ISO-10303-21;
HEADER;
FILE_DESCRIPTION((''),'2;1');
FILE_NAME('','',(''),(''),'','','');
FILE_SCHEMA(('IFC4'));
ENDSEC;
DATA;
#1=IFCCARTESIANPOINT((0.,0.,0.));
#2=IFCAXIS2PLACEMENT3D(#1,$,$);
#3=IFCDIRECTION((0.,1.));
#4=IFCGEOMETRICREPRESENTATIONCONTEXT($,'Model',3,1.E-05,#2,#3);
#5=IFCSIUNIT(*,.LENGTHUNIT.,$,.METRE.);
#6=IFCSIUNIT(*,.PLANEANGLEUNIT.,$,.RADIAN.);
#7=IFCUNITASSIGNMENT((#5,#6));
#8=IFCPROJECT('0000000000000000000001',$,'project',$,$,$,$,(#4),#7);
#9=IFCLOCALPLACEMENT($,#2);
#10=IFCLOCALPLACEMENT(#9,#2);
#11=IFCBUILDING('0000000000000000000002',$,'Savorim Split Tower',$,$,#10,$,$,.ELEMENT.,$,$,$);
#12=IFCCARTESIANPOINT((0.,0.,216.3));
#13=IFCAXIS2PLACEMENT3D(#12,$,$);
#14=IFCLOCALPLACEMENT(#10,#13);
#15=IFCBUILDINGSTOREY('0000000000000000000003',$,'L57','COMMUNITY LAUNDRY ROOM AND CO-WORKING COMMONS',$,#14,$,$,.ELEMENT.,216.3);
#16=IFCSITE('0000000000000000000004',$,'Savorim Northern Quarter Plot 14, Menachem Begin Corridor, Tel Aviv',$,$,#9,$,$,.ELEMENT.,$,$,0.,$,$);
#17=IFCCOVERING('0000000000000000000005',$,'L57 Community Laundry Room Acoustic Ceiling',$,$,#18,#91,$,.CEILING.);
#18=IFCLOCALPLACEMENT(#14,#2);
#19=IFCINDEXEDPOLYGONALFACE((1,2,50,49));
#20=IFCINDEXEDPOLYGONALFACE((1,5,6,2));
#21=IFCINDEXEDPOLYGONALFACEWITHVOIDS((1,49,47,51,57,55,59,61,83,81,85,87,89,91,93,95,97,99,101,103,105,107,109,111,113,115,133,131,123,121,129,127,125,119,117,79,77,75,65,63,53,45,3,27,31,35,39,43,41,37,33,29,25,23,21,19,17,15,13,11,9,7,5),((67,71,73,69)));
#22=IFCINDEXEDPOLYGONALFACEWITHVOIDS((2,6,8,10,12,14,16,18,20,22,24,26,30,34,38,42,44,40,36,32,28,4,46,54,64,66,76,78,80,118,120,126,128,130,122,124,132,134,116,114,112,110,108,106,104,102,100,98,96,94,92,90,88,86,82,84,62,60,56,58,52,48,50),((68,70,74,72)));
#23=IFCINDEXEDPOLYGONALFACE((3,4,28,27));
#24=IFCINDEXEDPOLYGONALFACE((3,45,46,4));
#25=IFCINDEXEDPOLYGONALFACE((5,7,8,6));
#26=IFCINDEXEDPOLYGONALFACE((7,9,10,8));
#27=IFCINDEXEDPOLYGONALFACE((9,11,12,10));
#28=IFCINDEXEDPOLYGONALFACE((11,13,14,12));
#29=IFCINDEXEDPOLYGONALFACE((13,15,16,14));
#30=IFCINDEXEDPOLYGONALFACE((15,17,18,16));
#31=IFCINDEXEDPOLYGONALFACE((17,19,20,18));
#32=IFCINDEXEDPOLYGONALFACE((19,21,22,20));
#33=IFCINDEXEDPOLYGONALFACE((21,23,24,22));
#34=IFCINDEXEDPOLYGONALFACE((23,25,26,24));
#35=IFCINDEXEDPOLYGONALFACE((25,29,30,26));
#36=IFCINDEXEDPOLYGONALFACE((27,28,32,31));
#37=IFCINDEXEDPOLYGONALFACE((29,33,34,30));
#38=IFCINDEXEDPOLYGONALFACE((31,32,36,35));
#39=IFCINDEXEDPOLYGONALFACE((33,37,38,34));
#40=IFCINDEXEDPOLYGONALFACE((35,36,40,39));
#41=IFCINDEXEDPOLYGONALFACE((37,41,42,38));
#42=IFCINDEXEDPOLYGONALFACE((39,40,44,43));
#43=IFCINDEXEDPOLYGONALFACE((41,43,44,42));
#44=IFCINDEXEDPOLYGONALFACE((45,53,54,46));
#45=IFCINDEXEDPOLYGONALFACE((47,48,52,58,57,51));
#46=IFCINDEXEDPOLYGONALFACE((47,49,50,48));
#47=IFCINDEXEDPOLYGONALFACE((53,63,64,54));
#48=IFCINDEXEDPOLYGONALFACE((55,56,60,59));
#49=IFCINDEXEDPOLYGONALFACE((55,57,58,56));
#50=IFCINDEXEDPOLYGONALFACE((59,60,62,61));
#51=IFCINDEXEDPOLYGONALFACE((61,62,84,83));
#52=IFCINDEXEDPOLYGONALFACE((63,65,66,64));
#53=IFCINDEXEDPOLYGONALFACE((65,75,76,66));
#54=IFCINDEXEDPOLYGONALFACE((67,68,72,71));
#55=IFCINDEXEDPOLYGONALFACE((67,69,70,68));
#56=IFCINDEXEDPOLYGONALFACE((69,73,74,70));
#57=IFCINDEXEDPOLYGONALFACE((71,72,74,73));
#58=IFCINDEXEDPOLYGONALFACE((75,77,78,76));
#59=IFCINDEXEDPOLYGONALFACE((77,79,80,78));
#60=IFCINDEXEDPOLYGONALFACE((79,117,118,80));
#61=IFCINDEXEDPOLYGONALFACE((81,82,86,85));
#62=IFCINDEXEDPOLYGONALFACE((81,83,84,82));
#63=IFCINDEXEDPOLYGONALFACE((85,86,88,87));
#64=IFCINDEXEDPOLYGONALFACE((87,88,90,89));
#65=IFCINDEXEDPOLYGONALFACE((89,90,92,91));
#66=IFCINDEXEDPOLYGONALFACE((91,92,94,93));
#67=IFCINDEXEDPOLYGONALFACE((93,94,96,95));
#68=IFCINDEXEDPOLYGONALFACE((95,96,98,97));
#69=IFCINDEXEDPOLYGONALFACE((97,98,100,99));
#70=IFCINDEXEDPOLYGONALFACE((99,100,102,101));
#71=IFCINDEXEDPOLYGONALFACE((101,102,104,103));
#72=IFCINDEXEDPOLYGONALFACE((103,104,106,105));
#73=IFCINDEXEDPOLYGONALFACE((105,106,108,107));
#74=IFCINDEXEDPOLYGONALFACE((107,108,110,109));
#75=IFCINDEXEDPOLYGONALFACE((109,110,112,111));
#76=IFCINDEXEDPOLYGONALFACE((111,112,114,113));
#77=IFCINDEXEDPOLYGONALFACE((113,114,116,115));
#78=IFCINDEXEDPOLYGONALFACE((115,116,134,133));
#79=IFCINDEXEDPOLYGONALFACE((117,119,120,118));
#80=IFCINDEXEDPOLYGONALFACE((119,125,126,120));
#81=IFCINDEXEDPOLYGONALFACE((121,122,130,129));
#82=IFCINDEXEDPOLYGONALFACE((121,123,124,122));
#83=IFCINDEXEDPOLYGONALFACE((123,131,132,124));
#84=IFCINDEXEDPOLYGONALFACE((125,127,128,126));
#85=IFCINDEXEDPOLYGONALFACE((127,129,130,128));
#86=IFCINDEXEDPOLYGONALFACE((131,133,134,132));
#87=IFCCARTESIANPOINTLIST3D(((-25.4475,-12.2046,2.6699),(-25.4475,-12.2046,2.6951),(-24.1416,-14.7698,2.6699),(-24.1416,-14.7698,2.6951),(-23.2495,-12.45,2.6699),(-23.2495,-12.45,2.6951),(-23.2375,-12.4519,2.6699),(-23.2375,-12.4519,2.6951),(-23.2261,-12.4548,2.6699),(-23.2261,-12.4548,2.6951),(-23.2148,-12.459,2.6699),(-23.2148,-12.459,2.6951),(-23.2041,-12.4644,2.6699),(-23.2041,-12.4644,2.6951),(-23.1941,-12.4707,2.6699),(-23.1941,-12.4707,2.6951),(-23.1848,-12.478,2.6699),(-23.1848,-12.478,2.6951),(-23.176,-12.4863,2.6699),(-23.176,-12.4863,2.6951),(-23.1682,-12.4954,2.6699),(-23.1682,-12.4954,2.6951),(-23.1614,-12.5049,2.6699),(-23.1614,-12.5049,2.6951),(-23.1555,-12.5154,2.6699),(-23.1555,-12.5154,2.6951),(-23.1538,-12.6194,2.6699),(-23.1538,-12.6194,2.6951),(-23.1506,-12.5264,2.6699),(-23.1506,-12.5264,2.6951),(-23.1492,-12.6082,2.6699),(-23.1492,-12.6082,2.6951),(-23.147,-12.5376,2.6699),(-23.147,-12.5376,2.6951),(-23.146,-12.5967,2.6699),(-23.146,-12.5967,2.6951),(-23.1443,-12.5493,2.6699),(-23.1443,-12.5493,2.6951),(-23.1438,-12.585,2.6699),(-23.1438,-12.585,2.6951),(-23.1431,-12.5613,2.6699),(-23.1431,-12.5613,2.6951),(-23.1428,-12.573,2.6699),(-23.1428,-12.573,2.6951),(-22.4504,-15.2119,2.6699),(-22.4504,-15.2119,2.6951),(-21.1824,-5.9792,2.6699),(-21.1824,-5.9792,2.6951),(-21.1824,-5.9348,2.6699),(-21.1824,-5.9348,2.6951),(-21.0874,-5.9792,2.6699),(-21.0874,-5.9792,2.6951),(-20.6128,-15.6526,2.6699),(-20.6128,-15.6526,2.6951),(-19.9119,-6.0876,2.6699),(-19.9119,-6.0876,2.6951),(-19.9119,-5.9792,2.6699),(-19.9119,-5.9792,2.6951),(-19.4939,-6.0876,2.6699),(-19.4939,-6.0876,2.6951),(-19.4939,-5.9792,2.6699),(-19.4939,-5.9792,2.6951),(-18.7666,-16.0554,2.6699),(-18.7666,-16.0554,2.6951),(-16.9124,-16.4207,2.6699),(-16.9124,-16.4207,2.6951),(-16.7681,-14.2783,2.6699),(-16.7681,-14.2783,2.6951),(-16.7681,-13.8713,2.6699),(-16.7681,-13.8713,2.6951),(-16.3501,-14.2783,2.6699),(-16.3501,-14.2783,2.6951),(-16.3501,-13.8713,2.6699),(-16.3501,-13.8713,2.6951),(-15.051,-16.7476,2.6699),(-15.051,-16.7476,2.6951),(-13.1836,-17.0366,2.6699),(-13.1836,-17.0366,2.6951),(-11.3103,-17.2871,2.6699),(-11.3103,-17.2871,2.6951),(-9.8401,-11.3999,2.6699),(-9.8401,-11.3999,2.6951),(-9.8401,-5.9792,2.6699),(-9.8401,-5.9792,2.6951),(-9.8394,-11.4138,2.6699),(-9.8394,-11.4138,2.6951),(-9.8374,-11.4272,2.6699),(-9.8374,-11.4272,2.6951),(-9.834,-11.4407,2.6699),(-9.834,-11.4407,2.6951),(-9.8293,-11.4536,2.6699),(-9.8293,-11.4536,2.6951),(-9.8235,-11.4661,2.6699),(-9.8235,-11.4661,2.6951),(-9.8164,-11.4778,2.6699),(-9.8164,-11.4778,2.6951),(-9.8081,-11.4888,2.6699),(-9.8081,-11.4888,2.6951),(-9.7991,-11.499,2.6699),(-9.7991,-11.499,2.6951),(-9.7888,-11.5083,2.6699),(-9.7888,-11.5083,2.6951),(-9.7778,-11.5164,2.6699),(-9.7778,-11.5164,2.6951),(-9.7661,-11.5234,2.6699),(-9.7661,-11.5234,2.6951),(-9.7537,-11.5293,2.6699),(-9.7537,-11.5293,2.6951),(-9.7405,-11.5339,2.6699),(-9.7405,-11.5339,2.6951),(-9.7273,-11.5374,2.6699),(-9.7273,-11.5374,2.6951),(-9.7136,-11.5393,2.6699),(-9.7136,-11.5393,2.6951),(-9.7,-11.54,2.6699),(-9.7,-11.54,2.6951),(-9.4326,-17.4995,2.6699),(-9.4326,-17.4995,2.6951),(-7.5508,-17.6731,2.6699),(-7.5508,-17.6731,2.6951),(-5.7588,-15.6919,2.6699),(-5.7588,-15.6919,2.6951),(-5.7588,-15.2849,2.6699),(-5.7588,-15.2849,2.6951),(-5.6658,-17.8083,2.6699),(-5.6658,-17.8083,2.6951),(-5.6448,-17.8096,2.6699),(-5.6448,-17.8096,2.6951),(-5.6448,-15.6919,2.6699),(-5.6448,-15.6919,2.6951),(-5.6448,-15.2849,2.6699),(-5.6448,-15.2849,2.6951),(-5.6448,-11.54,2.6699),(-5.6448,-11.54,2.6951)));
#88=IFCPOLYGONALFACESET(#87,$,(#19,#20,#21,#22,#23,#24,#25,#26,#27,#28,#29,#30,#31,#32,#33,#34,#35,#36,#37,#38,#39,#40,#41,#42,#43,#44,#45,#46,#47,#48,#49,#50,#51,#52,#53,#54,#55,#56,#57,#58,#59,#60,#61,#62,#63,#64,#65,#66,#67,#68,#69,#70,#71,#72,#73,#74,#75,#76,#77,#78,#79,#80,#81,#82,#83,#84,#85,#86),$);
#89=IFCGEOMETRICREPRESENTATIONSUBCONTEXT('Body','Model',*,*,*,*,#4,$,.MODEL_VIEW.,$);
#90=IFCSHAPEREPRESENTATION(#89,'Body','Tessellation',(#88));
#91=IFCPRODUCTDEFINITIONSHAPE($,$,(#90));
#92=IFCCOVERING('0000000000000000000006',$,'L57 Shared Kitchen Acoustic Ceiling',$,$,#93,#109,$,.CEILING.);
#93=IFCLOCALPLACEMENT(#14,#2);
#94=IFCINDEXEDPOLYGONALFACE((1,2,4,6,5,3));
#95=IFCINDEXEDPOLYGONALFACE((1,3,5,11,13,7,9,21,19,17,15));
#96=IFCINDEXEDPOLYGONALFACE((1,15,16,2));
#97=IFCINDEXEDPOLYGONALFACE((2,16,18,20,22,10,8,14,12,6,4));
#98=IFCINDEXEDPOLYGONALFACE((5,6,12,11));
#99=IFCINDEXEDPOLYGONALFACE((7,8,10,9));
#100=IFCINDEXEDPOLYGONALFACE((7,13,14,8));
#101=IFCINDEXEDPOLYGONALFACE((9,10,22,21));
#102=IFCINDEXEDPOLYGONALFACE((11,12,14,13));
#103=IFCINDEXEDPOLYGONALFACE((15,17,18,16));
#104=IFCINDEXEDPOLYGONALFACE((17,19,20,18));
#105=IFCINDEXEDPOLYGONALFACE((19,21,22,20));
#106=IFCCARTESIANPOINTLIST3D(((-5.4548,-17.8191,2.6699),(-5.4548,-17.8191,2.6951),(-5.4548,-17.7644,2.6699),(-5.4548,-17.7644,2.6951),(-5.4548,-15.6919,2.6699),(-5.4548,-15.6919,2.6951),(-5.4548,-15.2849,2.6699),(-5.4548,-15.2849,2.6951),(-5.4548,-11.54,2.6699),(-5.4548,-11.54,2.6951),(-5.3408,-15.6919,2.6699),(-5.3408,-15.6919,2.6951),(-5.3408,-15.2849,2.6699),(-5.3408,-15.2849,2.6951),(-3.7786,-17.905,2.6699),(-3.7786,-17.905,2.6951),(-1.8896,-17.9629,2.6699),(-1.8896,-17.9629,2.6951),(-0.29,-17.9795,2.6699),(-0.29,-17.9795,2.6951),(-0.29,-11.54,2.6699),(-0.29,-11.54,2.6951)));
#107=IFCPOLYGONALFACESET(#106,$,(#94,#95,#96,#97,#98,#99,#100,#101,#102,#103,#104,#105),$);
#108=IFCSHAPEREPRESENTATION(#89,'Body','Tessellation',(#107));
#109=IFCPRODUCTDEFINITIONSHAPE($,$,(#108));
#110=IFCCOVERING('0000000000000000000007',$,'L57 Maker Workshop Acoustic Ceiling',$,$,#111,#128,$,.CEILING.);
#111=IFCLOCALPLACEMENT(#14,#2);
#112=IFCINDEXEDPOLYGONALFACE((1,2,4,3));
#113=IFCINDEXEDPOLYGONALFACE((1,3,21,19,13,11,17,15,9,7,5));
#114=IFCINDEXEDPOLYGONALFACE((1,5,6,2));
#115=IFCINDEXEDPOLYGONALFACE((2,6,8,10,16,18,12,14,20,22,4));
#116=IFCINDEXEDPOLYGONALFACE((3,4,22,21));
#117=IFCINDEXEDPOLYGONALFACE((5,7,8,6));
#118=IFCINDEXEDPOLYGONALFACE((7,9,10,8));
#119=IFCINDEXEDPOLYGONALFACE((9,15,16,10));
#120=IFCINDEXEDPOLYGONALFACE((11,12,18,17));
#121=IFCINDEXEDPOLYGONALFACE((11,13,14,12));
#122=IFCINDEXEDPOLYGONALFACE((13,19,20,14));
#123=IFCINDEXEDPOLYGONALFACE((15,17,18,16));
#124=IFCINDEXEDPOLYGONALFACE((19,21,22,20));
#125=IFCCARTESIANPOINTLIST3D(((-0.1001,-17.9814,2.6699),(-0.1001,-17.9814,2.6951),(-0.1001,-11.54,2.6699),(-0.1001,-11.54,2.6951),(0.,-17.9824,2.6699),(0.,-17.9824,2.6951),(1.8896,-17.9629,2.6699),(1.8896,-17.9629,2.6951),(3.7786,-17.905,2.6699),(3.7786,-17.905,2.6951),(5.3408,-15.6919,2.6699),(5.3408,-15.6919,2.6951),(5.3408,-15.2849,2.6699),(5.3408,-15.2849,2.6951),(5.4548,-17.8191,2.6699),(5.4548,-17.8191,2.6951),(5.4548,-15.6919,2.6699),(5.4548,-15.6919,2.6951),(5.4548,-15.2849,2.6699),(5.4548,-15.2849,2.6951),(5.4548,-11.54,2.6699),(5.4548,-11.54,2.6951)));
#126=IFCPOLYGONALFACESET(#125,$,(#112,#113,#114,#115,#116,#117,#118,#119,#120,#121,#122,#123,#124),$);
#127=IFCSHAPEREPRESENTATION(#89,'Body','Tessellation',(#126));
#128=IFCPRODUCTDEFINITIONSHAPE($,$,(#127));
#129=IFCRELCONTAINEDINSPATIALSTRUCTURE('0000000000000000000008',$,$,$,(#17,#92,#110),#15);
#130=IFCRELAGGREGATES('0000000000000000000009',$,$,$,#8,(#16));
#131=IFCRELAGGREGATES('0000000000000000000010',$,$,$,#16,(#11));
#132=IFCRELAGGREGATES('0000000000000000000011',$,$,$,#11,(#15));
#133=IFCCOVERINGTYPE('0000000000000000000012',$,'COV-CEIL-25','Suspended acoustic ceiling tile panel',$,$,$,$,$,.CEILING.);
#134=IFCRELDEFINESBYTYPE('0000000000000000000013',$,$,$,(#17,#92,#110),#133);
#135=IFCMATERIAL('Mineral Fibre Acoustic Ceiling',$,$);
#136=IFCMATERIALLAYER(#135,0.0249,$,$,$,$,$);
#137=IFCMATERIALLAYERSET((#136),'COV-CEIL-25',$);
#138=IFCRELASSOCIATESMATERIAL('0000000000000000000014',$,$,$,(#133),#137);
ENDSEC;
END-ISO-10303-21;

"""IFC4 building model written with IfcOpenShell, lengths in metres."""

from ifc_helpers import new_model, si_unit, direction, frame, origin, place, context, subcontext, project, spatial, polyline, outline, extrude, material, layer, layer_set, type_object, element, save


model = new_model("IFC4")

# Units and contexts
model_context = context("Model", 3, precision=1e-05, world=origin(), true_north=direction((0.0, 1.0)))
body_context = subcontext(model_context, "Body", "Model", "MODEL_VIEW")
ifc_project = project(units=[si_unit("LENGTHUNIT", "METRE"), si_unit("PLANEANGLEUNIT", "RADIAN")], contexts=[model_context])

# Site, building, storey
site_placement = place(None, origin())
site = spatial("IfcSite", under=ifc_project, at=site_placement, Name="Savorim Northern Quarter Plot 14, Menachem Begin Corridor, Tel Aviv", CompositionType="ELEMENT", RefElevation=0.0)
building_placement = place(site_placement, origin())
building = spatial("IfcBuilding", under=site, at=building_placement, Name="Savorim Split Tower", CompositionType="ELEMENT")
storey_placement = place(building_placement, frame((0.0, 0.0, 216.3)))
storey = spatial("IfcBuildingStorey", under=building, at=storey_placement, Name="L57", Description="COMMUNITY LAUNDRY ROOM AND CO-WORKING COMMONS", CompositionType="ELEMENT", Elevation=216.3)

# Coverings
ifc_material_1 = material(Name="Mineral Fibre Acoustic Ceiling")
ifc_layer_1 = layer(ifc_material_1, 0.0249)
ifc_layer_set_1 = layer_set([ifc_layer_1], Name="COV-CEIL-25")
covering_type_1 = type_object("IfcCoveringType", Name="COV-CEIL-25", Description="Suspended acoustic ceiling tile panel", PredefinedType="CEILING", material=ifc_layer_set_1)
covering_1_placement = place(storey_placement, frame((0.0, 0.0, 2.6699)))
element("IfcCovering", 1, at=covering_1_placement, inside=storey, type_object=covering_type_1, Name="L57 Community Laundry Room Acoustic Ceiling", PredefinedType="CEILING", context=body_context, shape_type="SweptSolid", body=[
    extrude(outline(polyline([(-23.1431, -12.5613), (-23.1428, -12.573), (-23.1438, -12.585), (-23.146, -12.5967), (-23.1492, -12.6082), (-23.1538, -12.6194), (-24.1416, -14.7698), (-22.4504, -15.2119), (-20.6128, -15.6526), (-18.7666, -16.0554), (-16.9124, -16.4207), (-15.051, -16.7476), (-13.1836, -17.0366), (-11.3103, -17.2871), (-9.4326, -17.4995), (-7.5508, -17.6731), (-5.6658, -17.8083), (-5.6448, -17.8096), (-5.6448, -15.6919), (-5.7588, -15.6919), (-5.7588, -15.2849), (-5.6448, -15.2849), (-5.6448, -11.54), (-9.7, -11.54), (-9.7136, -11.5393), (-9.7273, -11.5374), (-9.7405, -11.5339), (-9.7537, -11.5293), (-9.7661, -11.5234), (-9.7778, -11.5164), (-9.7888, -11.5083), (-9.7991, -11.499), (-9.8081, -11.4888), (-9.8164, -11.4778), (-9.8235, -11.4661), (-9.8293, -11.4536), (-9.834, -11.4407), (-9.8374, -11.4272), (-9.8394, -11.4138), (-9.8401, -11.3999), (-9.8401, -5.9792), (-19.4939, -5.9792), (-19.4939, -6.0876), (-19.9119, -6.0876), (-19.9119, -5.9792), (-21.0874, -5.9792), (-21.1824, -5.9792), (-21.1824, -5.9348), (-25.4475, -12.2046), (-23.2495, -12.45), (-23.2375, -12.4519), (-23.2261, -12.4548), (-23.2148, -12.459), (-23.2041, -12.4644), (-23.1941, -12.4707), (-23.1848, -12.478), (-23.176, -12.4863), (-23.1682, -12.4954), (-23.1614, -12.5049), (-23.1555, -12.5154), (-23.1506, -12.5264), (-23.147, -12.5376), (-23.1443, -12.5493), (-23.1431, -12.5613)]), holes=[polyline([(-16.7681, -14.2783), (-16.3501, -14.2783), (-16.3501, -13.8713), (-16.7681, -13.8713), (-16.7681, -14.2783)])]), origin(), (0.0, 0.0, 1.0), 0.0251),
])
covering_2_placement = place(storey_placement, frame((0.0, 0.0, 2.6699)))
element("IfcCovering", 2, at=covering_2_placement, inside=storey, type_object=covering_type_1, Name="L57 Shared Kitchen Acoustic Ceiling", PredefinedType="CEILING", context=body_context, shape_type="SweptSolid", body=[
    extrude(outline(polyline([(-5.4548, -17.8191), (-3.7786, -17.905), (-1.8896, -17.9629), (-0.29, -17.9795), (-0.29, -11.54), (-5.4548, -11.54), (-5.4548, -15.2849), (-5.3408, -15.2849), (-5.3408, -15.6919), (-5.4548, -15.6919), (-5.4548, -17.7644), (-5.4548, -17.8191)])), origin(), (0.0, 0.0, 1.0), 0.0251),
])
covering_3_placement = place(storey_placement, frame((0.0, 0.0, 2.6699)))
element("IfcCovering", 3, at=covering_3_placement, inside=storey, type_object=covering_type_1, Name="L57 Maker Workshop Acoustic Ceiling", PredefinedType="CEILING", context=body_context, shape_type="SweptSolid", body=[
    extrude(outline(polyline([(-0.1001, -17.9814), (0.0, -17.9824), (1.8896, -17.9629), (3.7786, -17.905), (5.4548, -17.8191), (5.4548, -15.6919), (5.3408, -15.6919), (5.3408, -15.2849), (5.4548, -15.2849), (5.4548, -11.54), (-0.1001, -11.54), (-0.1001, -17.9814)])), origin(), (0.0, 0.0, 1.0), 0.0251),
])

save(model, "model.ifc")
